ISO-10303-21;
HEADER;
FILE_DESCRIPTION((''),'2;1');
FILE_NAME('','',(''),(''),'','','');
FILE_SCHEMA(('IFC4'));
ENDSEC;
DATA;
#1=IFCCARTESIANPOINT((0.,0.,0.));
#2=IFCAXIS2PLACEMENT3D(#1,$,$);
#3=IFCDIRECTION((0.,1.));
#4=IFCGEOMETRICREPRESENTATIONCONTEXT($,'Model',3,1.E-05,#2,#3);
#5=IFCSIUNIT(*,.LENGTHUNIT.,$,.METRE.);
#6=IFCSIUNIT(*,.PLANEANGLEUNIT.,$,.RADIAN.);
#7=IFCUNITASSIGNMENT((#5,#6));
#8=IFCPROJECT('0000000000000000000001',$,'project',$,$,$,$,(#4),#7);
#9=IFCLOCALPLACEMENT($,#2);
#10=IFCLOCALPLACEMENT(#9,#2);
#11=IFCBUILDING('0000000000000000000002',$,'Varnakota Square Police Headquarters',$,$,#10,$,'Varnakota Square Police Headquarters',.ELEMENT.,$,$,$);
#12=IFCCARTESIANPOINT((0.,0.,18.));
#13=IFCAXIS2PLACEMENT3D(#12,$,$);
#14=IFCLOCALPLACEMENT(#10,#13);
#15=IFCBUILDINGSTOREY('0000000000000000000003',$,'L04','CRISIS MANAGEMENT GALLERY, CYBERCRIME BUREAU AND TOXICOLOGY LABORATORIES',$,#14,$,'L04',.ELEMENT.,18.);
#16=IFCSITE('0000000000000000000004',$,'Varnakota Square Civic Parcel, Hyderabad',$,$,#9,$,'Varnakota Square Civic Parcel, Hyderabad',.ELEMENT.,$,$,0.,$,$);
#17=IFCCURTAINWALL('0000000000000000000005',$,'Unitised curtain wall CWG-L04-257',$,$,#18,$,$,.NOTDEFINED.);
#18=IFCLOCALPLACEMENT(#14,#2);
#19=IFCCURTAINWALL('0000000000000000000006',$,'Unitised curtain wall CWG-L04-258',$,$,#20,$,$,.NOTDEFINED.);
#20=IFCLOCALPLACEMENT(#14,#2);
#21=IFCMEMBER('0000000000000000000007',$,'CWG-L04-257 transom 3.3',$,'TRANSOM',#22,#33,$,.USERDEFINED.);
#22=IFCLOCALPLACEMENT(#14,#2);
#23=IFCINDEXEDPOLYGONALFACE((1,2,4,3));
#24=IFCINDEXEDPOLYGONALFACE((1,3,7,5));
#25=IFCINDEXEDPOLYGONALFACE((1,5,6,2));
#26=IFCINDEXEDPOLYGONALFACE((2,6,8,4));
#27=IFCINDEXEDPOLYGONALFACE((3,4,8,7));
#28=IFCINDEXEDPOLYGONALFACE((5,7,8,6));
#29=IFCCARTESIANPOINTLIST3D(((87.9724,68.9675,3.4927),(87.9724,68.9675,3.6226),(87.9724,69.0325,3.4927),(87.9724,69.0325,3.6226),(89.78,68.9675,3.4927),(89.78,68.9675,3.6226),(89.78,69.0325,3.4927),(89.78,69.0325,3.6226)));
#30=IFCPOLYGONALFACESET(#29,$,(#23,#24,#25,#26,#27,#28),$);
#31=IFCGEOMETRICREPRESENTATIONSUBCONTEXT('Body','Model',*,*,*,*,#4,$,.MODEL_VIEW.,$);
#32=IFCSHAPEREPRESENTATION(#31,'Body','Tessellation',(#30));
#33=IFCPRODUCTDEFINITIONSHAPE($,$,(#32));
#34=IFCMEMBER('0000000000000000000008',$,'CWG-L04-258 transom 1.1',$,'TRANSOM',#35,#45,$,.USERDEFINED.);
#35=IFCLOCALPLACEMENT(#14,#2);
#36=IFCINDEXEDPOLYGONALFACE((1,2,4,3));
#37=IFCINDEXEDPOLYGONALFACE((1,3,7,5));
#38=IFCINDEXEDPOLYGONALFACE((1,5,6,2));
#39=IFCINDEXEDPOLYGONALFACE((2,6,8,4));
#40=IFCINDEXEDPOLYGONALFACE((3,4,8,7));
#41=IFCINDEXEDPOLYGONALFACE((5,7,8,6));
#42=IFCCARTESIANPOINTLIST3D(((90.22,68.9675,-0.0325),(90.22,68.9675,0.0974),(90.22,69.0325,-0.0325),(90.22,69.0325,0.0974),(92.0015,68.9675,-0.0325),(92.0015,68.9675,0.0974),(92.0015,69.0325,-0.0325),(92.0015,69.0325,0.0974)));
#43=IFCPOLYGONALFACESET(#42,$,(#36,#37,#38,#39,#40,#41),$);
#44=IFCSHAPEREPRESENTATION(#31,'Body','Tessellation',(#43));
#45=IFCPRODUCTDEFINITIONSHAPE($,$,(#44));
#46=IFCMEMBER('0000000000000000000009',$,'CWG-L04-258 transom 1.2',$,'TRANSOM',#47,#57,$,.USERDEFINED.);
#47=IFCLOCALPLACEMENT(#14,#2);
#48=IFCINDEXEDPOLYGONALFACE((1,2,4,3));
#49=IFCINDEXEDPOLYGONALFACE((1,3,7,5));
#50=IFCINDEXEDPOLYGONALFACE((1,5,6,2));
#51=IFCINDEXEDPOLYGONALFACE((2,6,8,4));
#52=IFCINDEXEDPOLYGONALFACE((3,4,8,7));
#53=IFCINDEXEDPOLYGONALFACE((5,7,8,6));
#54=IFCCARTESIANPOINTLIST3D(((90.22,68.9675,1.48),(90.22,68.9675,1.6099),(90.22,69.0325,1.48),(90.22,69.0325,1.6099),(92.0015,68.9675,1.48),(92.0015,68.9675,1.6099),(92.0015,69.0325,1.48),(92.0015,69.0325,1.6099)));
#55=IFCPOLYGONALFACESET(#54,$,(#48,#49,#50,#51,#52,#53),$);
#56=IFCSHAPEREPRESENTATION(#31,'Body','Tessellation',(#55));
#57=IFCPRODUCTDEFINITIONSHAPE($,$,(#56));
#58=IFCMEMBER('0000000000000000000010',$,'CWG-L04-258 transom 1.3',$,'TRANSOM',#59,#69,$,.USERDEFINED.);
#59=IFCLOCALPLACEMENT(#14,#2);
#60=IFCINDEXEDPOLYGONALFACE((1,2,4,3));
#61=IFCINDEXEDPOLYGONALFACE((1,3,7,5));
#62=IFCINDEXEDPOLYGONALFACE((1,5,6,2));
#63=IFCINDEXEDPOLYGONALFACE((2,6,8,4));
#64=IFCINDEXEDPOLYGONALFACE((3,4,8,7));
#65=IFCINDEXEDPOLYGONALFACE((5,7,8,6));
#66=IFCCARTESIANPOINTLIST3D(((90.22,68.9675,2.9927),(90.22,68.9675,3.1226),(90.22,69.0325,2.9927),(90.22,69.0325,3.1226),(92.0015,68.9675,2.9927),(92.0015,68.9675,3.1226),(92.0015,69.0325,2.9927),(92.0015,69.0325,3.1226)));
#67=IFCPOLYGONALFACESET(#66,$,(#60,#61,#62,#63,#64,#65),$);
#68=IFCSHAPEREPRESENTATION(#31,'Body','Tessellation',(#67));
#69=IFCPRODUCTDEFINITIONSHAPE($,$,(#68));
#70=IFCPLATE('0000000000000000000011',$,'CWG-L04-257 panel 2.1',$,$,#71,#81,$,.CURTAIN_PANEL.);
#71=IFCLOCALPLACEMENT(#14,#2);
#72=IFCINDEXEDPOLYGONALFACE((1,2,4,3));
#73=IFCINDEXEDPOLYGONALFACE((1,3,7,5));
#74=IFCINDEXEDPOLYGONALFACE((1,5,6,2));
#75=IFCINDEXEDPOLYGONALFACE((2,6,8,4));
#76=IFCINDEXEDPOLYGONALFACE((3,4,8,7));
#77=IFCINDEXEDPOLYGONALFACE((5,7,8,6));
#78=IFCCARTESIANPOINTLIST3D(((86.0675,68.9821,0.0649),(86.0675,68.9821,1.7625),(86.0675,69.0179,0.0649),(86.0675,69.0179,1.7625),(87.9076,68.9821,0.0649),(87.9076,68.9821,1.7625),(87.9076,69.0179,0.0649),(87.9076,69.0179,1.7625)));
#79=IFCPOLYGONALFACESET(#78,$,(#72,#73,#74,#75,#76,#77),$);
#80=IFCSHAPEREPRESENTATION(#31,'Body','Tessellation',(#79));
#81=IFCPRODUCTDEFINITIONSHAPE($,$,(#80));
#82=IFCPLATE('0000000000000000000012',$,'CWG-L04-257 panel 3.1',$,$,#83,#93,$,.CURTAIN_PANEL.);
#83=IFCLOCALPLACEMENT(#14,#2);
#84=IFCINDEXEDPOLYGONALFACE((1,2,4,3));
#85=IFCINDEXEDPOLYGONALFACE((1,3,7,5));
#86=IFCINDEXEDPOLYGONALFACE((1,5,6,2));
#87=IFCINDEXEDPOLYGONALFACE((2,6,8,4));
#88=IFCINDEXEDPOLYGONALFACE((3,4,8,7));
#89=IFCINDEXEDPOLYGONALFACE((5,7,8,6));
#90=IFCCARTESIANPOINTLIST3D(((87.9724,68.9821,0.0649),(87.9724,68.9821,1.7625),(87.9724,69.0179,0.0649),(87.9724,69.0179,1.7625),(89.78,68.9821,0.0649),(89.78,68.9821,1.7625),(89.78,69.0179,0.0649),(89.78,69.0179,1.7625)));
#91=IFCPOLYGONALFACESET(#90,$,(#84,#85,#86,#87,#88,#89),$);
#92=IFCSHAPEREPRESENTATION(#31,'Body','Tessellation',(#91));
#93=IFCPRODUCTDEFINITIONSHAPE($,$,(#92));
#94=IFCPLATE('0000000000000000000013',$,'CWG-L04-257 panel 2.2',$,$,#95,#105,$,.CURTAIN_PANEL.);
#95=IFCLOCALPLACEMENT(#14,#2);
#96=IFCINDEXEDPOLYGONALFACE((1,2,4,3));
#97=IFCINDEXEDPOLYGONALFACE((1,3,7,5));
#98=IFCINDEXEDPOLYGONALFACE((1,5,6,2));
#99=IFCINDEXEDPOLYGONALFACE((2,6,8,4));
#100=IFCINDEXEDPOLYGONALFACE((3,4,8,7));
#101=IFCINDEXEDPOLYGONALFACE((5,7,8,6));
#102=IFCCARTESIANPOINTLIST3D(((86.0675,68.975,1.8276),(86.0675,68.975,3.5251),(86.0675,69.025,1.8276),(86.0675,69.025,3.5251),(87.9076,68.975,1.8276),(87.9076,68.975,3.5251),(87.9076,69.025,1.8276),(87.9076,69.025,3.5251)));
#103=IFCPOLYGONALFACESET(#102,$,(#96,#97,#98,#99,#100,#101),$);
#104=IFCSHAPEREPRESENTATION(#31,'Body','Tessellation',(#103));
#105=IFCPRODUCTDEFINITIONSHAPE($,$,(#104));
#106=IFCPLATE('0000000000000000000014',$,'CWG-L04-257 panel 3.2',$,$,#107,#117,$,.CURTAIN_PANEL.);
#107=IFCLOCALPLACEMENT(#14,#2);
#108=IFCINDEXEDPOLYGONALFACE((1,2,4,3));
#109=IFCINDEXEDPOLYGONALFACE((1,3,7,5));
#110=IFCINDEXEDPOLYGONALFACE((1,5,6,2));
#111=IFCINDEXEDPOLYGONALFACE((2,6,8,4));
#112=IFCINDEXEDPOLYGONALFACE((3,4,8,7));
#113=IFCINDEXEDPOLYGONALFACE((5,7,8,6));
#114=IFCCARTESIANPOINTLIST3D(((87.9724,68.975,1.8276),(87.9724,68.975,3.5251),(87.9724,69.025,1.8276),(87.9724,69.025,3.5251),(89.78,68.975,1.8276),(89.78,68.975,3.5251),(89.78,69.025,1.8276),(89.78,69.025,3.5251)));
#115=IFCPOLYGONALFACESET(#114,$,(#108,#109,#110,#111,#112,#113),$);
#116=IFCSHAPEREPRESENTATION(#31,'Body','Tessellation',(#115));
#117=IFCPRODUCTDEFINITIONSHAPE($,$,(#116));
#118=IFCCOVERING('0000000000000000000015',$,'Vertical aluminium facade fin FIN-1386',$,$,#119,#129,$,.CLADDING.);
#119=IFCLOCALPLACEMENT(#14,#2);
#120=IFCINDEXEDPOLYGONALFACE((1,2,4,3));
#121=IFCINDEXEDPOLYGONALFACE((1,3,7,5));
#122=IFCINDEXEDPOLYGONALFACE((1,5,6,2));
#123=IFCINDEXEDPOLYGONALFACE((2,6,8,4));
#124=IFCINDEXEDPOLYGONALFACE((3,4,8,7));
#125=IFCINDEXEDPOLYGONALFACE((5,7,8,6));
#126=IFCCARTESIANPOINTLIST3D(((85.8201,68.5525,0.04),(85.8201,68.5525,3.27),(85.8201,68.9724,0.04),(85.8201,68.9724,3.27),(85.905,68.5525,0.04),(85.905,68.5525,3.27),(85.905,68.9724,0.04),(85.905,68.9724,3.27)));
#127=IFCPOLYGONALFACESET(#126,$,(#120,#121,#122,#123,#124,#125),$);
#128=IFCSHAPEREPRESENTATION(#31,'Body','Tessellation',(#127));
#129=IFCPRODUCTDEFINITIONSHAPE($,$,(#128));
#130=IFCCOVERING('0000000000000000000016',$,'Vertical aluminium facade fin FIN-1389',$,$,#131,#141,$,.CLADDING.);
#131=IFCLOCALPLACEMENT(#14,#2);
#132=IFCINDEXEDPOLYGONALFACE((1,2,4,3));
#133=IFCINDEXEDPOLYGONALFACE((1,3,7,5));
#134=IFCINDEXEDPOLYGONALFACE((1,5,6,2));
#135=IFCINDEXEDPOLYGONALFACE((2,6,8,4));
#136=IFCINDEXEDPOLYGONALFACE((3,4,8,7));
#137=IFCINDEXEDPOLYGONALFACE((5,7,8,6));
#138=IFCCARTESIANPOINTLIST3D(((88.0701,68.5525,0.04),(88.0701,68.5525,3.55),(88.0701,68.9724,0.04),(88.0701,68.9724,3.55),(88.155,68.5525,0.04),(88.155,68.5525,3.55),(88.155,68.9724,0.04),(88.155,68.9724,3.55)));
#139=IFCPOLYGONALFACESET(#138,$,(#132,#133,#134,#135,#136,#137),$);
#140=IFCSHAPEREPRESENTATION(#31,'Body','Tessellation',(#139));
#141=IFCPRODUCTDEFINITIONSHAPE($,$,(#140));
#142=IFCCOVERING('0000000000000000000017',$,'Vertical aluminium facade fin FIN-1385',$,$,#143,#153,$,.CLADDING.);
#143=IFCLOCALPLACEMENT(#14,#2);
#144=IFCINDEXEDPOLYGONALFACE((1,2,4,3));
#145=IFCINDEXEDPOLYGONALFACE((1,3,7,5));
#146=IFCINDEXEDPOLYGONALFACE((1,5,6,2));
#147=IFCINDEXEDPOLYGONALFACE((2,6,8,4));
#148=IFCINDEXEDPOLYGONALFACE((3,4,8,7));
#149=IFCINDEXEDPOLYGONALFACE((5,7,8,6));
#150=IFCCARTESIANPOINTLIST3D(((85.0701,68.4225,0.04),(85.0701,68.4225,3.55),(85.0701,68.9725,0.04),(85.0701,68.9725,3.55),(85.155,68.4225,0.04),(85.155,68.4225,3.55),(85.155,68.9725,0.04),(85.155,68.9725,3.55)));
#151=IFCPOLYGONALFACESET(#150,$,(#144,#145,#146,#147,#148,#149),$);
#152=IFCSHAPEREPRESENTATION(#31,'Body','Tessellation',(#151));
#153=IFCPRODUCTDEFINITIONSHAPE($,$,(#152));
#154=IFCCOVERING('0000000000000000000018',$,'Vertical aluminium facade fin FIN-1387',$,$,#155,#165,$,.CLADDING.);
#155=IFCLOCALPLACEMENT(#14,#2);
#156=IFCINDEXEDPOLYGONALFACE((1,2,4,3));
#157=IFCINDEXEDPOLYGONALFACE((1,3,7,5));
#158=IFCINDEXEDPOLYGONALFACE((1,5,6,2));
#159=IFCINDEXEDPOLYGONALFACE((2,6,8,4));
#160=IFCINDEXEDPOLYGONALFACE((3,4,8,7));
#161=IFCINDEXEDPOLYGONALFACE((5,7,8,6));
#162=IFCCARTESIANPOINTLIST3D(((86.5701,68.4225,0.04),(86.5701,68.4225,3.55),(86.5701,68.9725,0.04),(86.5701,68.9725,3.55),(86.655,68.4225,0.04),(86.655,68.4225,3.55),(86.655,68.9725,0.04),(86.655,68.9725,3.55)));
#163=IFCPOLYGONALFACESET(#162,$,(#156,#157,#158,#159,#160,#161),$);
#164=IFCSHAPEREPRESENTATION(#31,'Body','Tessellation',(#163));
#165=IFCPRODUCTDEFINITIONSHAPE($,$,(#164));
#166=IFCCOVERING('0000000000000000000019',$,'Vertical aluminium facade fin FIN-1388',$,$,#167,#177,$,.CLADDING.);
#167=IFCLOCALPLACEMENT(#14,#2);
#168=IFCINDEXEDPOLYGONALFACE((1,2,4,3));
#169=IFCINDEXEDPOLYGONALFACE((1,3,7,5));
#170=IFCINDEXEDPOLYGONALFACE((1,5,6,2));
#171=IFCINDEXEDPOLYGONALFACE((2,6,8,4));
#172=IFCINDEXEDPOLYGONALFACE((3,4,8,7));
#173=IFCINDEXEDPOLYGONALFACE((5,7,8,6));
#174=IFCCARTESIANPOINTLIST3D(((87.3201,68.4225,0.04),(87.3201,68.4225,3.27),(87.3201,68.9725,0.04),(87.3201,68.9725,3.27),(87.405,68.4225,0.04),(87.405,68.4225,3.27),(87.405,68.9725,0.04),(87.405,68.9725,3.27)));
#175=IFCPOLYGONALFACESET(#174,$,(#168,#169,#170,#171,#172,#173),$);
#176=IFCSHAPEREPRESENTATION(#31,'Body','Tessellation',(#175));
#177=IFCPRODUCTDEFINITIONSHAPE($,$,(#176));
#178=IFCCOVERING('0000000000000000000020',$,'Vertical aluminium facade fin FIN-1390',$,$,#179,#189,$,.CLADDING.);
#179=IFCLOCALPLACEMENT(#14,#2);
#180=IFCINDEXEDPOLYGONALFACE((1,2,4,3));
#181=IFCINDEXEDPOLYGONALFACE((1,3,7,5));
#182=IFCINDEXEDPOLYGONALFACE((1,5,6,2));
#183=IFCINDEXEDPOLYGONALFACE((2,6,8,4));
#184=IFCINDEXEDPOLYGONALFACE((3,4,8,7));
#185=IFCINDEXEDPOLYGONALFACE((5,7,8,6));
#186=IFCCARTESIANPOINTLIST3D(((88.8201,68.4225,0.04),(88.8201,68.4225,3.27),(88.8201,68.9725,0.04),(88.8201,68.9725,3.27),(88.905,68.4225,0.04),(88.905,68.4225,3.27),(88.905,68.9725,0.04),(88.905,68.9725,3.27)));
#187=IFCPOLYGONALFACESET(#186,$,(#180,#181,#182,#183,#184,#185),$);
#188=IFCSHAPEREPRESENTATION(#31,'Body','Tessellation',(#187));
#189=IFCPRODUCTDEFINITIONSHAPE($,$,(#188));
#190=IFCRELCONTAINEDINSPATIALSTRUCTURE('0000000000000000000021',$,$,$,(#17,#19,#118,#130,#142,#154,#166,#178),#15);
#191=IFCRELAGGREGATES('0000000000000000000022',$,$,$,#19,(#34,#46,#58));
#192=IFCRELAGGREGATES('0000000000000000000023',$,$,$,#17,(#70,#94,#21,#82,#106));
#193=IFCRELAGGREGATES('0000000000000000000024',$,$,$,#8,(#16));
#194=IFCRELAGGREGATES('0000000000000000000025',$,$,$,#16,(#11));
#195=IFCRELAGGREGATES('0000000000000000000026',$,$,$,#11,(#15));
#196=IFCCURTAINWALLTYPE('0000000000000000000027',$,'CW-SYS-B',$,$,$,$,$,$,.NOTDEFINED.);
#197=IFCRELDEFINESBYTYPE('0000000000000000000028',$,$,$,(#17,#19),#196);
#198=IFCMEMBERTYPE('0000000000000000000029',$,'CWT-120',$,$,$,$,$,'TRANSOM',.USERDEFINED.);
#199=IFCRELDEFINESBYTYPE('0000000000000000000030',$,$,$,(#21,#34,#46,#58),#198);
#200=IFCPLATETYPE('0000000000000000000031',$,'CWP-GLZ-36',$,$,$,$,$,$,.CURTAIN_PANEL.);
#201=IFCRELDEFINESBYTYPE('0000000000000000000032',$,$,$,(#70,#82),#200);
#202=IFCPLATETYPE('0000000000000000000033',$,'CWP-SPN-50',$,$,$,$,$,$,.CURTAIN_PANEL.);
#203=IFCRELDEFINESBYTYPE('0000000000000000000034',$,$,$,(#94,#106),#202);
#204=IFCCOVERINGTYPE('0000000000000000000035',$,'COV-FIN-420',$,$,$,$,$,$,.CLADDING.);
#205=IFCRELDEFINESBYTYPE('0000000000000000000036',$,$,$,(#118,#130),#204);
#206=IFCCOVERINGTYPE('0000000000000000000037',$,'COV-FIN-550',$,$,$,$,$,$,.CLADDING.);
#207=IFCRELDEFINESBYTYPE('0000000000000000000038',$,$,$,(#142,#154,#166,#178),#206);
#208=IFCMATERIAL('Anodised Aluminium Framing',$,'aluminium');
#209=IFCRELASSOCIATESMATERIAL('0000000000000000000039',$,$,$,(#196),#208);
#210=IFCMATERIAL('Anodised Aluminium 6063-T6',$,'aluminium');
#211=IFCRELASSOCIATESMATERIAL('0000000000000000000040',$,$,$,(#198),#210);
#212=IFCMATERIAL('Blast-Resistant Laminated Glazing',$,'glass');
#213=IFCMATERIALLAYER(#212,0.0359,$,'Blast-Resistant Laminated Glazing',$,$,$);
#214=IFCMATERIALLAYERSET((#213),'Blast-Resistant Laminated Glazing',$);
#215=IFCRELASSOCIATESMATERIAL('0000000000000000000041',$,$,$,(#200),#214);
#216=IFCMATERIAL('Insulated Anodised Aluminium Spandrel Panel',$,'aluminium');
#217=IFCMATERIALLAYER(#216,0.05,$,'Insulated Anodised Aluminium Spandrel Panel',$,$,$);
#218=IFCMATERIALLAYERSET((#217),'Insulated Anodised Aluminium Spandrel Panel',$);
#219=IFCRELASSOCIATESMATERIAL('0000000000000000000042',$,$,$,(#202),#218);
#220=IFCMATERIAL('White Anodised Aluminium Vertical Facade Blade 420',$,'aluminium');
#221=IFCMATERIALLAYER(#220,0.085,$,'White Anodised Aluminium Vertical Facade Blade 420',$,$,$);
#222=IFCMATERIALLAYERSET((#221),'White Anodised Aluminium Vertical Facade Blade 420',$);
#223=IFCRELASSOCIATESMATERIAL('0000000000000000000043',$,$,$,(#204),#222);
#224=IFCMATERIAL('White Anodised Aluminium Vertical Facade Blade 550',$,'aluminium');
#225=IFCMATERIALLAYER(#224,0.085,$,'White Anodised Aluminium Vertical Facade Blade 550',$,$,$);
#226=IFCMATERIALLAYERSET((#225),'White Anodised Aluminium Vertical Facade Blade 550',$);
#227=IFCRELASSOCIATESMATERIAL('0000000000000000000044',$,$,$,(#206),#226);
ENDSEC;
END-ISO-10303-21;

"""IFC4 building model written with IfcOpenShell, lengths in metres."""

from ifc_helpers import new_model, si_unit, direction, frame, origin, origin_2d, place, context, subcontext, project, spatial, rectangle, extrude, material, layer, layer_set, material_profile, profile_set, type_object, element, aggregate, save


model = new_model("IFC4")

# Units and contexts
model_context = context("Model", 3, precision=1e-05, world=origin(), true_north=direction((0.0, 1.0)))
body_context = subcontext(model_context, "Body", "Model", "MODEL_VIEW")
ifc_project = project(units=[si_unit("LENGTHUNIT", "METRE"), si_unit("PLANEANGLEUNIT", "RADIAN")], contexts=[model_context])

# Site, building, storey
site_placement = place(None, origin())
site = spatial("IfcSite", under=ifc_project, at=site_placement, Name="Varnakota Square Civic Parcel, Hyderabad", LongName="Varnakota Square Civic Parcel, Hyderabad", CompositionType="ELEMENT", RefElevation=0.0)
building_placement = place(site_placement, origin())
building = spatial("IfcBuilding", under=site, at=building_placement, Name="Varnakota Square Police Headquarters", LongName="Varnakota Square Police Headquarters", CompositionType="ELEMENT")
storey_placement = place(building_placement, frame((0.0, 0.0, 18.0)))
storey = spatial("IfcBuildingStorey", under=building, at=storey_placement, Name="L04", Description="CRISIS MANAGEMENT GALLERY, CYBERCRIME BUREAU AND TOXICOLOGY LABORATORIES", LongName="L04", CompositionType="ELEMENT", Elevation=18.0)

# Curtain wall
ifc_material_1 = material(Name="Anodised Aluminium Framing", Category="aluminium")
curtain_wall_type = type_object("IfcCurtainWallType", Name="CW-SYS-B", PredefinedType="NOTDEFINED", material=ifc_material_1)
curtain_wall_1_placement = place(storey_placement, origin())
curtain_wall_1 = element("IfcCurtainWall", 1, at=curtain_wall_1_placement, inside=storey, type_object=curtain_wall_type, Name="Unitised curtain wall CWG-L04-257", PredefinedType="NOTDEFINED")
ifc_material_2 = material(Name="Anodised Aluminium 6063-T6", Category="aluminium")

# Curtain wall
curtain_wall_2_placement = place(storey_placement, origin())
curtain_wall_2 = element("IfcCurtainWall", 2, at=curtain_wall_2_placement, inside=storey, type_object=curtain_wall_type, Name="Unitised curtain wall CWG-L04-258", PredefinedType="NOTDEFINED")

# Members
ifc_material_profile_1 = material_profile(ifc_material_2, rectangle(XDim=0.0649, YDim=0.1299, at=origin_2d()), Name="ALU TRANSOM 65x130")
ifc_profile_set_1 = profile_set([ifc_material_profile_1], Name="Anodised Aluminium 6063-T6")
member_type_1 = type_object("IfcMemberType", Name="CWT-120", ElementType="TRANSOM", PredefinedType="USERDEFINED", material=ifc_profile_set_1)
member_1_placement = place(storey_placement, frame((87.9724, 69.0, 3.5576), z_axis=(1.0, 0.0, 0.0), x_axis=(0.0, 1.0, 0.0)))
member_1 = element("IfcMember", 3, at=member_1_placement, type_object=member_type_1, Name="CWG-L04-257 transom 3.3", ObjectType="TRANSOM", PredefinedType="USERDEFINED", context=body_context, shape_type="SweptSolid", body=[
    extrude(rectangle(XDim=0.0649, YDim=0.1299, at=origin_2d()), origin(), (0.0, 0.0, 1.0), 1.8076),
])
member_2_placement = place(storey_placement, frame((90.22, 69.0, 0.0325), z_axis=(1.0, 0.0, 0.0), x_axis=(0.0, 1.0, 0.0)))
member_2 = element("IfcMember", 4, at=member_2_placement, type_object=member_type_1, Name="CWG-L04-258 transom 1.1", ObjectType="TRANSOM", PredefinedType="USERDEFINED", context=body_context, shape_type="SweptSolid", body=[
    extrude(rectangle(XDim=0.0649, YDim=0.1299, at=origin_2d()), origin(), (0.0, 0.0, 1.0), 1.7815),
])
member_3_placement = place(storey_placement, frame((90.22, 69.0, 1.5449), z_axis=(1.0, 0.0, 0.0), x_axis=(0.0, 1.0, 0.0)))
member_3 = element("IfcMember", 5, at=member_3_placement, type_object=member_type_1, Name="CWG-L04-258 transom 1.2", ObjectType="TRANSOM", PredefinedType="USERDEFINED", context=body_context, shape_type="SweptSolid", body=[
    extrude(rectangle(XDim=0.0649, YDim=0.1299, at=origin_2d()), origin(), (0.0, 0.0, 1.0), 1.7815),
])
member_4_placement = place(storey_placement, frame((90.22, 69.0, 3.0576), z_axis=(1.0, 0.0, 0.0), x_axis=(0.0, 1.0, 0.0)))
member_4 = element("IfcMember", 6, at=member_4_placement, type_object=member_type_1, Name="CWG-L04-258 transom 1.3", ObjectType="TRANSOM", PredefinedType="USERDEFINED", context=body_context, shape_type="SweptSolid", body=[
    extrude(rectangle(XDim=0.0649, YDim=0.1299, at=origin_2d()), origin(), (0.0, 0.0, 1.0), 1.7815),
])
aggregate(curtain_wall_2, [member_2, member_3, member_4])

# Plates
ifc_material_3 = material(Name="Blast-Resistant Laminated Glazing", Category="glass")
ifc_layer_1 = layer(ifc_material_3, 0.0359, Name="Blast-Resistant Laminated Glazing")
ifc_layer_set_1 = layer_set([ifc_layer_1], Name="Blast-Resistant Laminated Glazing")
plate_type_1 = type_object("IfcPlateType", Name="CWP-GLZ-36", PredefinedType="CURTAIN_PANEL", material=ifc_layer_set_1)
plate_1_placement = place(storey_placement, frame((86.9875, 69.0, 0.0649), z_axis=(0.0, 0.0, 1.0), x_axis=(1.0, 0.0, 0.0)))
plate_1 = element("IfcPlate", 7, at=plate_1_placement, type_object=plate_type_1, Name="CWG-L04-257 panel 2.1", PredefinedType="CURTAIN_PANEL", context=body_context, shape_type="SweptSolid", body=[
    extrude(rectangle(XDim=1.8401, YDim=0.0359, at=origin_2d()), origin(), (0.0, 0.0, 1.0), 1.6975),
])
plate_2_placement = place(storey_placement, frame((88.8762, 69.0, 0.0649), z_axis=(0.0, 0.0, 1.0), x_axis=(1.0, 0.0, 0.0)))
plate_2 = element("IfcPlate", 8, at=plate_2_placement, type_object=plate_type_1, Name="CWG-L04-257 panel 3.1", PredefinedType="CURTAIN_PANEL", context=body_context, shape_type="SweptSolid", body=[
    extrude(rectangle(XDim=1.8076, YDim=0.0359, at=origin_2d()), origin(), (0.0, 0.0, 1.0), 1.6975),
])
ifc_material_4 = material(Name="Insulated Anodised Aluminium Spandrel Panel", Category="aluminium")
ifc_layer_2 = layer(ifc_material_4, 0.05, Name="Insulated Anodised Aluminium Spandrel Panel")
ifc_layer_set_2 = layer_set([ifc_layer_2], Name="Insulated Anodised Aluminium Spandrel Panel")
plate_type_2 = type_object("IfcPlateType", Name="CWP-SPN-50", PredefinedType="CURTAIN_PANEL", material=ifc_layer_set_2)
plate_3_placement = place(storey_placement, frame((86.9875, 69.0, 1.8276), z_axis=(0.0, 0.0, 1.0), x_axis=(1.0, 0.0, 0.0)))
plate_3 = element("IfcPlate", 9, at=plate_3_placement, type_object=plate_type_2, Name="CWG-L04-257 panel 2.2", PredefinedType="CURTAIN_PANEL", context=body_context, shape_type="SweptSolid", body=[
    extrude(rectangle(XDim=1.8401, YDim=0.05, at=origin_2d()), origin(), (0.0, 0.0, 1.0), 1.6975),
])
plate_4_placement = place(storey_placement, frame((88.8762, 69.0, 1.8276), z_axis=(0.0, 0.0, 1.0), x_axis=(1.0, 0.0, 0.0)))
plate_4 = element("IfcPlate", 10, at=plate_4_placement, type_object=plate_type_2, Name="CWG-L04-257 panel 3.2", PredefinedType="CURTAIN_PANEL", context=body_context, shape_type="SweptSolid", body=[
    extrude(rectangle(XDim=1.8076, YDim=0.05, at=origin_2d()), origin(), (0.0, 0.0, 1.0), 1.6975),
])
aggregate(curtain_wall_1, [plate_1, plate_3, member_1, plate_2, plate_4])

# Coverings
ifc_material_5 = material(Name="White Anodised Aluminium Vertical Facade Blade 420", Category="aluminium")
ifc_layer_3 = layer(ifc_material_5, 0.085, Name="White Anodised Aluminium Vertical Facade Blade 420")
ifc_layer_set_3 = layer_set([ifc_layer_3], Name="White Anodised Aluminium Vertical Facade Blade 420")
covering_type_1 = type_object("IfcCoveringType", Name="COV-FIN-420", PredefinedType="CLADDING", material=ifc_layer_set_3)
covering_1_placement = place(storey_placement, frame((85.8625, 68.7625, 0.04), z_axis=(0.0, 0.0, 1.0), x_axis=(1.0, 0.0, 0.0)))
element("IfcCovering", 11, at=covering_1_placement, inside=storey, type_object=covering_type_1, Name="Vertical aluminium facade fin FIN-1386", PredefinedType="CLADDING", context=body_context, shape_type="SweptSolid", body=[
    extrude(rectangle(XDim=0.085, YDim=0.4199, at=origin_2d()), origin(), (0.0, 0.0, 1.0), 3.23),
])
covering_2_placement = place(storey_placement, frame((88.1125, 68.7625, 0.04), z_axis=(0.0, 0.0, 1.0), x_axis=(1.0, 0.0, 0.0)))
element("IfcCovering", 12, at=covering_2_placement, inside=storey, type_object=covering_type_1, Name="Vertical aluminium facade fin FIN-1389", PredefinedType="CLADDING", context=body_context, shape_type="SweptSolid", body=[
    extrude(rectangle(XDim=0.085, YDim=0.4199, at=origin_2d()), origin(), (0.0, 0.0, 1.0), 3.51),
])
ifc_material_6 = material(Name="White Anodised Aluminium Vertical Facade Blade 550", Category="aluminium")
ifc_layer_4 = layer(ifc_material_6, 0.085, Name="White Anodised Aluminium Vertical Facade Blade 550")
ifc_layer_set_4 = layer_set([ifc_layer_4], Name="White Anodised Aluminium Vertical Facade Blade 550")
covering_type_2 = type_object("IfcCoveringType", Name="COV-FIN-550", PredefinedType="CLADDING", material=ifc_layer_set_4)
for number, where, z_axis, x_axis, name in (
    (13, (85.1125, 68.6975, 0.04), (0.0, 0.0, 1.0), (1.0, 0.0, 0.0), "Vertical aluminium facade fin FIN-1385"),
    (14, (86.6125, 68.6975, 0.04), (0.0, 0.0, 1.0), (1.0, 0.0, 0.0), "Vertical aluminium facade fin FIN-1387"),
):
    element("IfcCovering", number, at=place(storey_placement, frame(where, z_axis=z_axis, x_axis=x_axis)), inside=storey, type_object=covering_type_2, Name=name, PredefinedType="CLADDING", context=body_context, shape_type="SweptSolid", body=[
        extrude(rectangle(XDim=0.085, YDim=0.55, at=origin_2d()), origin(), (0.0, 0.0, 1.0), 3.51),
    ])
for number, where, z_axis, x_axis, name in (
    (15, (87.3625, 68.6975, 0.04), (0.0, 0.0, 1.0), (1.0, 0.0, 0.0), "Vertical aluminium facade fin FIN-1388"),
    (16, (88.8625, 68.6975, 0.04), (0.0, 0.0, 1.0), (1.0, 0.0, 0.0), "Vertical aluminium facade fin FIN-1390"),
):
    element("IfcCovering", number, at=place(storey_placement, frame(where, z_axis=z_axis, x_axis=x_axis)), inside=storey, type_object=covering_type_2, Name=name, PredefinedType="CLADDING", context=body_context, shape_type="SweptSolid", body=[
        extrude(rectangle(XDim=0.085, YDim=0.55, at=origin_2d()), origin(), (0.0, 0.0, 1.0), 3.23),
    ])

save(model, "model.ifc")
